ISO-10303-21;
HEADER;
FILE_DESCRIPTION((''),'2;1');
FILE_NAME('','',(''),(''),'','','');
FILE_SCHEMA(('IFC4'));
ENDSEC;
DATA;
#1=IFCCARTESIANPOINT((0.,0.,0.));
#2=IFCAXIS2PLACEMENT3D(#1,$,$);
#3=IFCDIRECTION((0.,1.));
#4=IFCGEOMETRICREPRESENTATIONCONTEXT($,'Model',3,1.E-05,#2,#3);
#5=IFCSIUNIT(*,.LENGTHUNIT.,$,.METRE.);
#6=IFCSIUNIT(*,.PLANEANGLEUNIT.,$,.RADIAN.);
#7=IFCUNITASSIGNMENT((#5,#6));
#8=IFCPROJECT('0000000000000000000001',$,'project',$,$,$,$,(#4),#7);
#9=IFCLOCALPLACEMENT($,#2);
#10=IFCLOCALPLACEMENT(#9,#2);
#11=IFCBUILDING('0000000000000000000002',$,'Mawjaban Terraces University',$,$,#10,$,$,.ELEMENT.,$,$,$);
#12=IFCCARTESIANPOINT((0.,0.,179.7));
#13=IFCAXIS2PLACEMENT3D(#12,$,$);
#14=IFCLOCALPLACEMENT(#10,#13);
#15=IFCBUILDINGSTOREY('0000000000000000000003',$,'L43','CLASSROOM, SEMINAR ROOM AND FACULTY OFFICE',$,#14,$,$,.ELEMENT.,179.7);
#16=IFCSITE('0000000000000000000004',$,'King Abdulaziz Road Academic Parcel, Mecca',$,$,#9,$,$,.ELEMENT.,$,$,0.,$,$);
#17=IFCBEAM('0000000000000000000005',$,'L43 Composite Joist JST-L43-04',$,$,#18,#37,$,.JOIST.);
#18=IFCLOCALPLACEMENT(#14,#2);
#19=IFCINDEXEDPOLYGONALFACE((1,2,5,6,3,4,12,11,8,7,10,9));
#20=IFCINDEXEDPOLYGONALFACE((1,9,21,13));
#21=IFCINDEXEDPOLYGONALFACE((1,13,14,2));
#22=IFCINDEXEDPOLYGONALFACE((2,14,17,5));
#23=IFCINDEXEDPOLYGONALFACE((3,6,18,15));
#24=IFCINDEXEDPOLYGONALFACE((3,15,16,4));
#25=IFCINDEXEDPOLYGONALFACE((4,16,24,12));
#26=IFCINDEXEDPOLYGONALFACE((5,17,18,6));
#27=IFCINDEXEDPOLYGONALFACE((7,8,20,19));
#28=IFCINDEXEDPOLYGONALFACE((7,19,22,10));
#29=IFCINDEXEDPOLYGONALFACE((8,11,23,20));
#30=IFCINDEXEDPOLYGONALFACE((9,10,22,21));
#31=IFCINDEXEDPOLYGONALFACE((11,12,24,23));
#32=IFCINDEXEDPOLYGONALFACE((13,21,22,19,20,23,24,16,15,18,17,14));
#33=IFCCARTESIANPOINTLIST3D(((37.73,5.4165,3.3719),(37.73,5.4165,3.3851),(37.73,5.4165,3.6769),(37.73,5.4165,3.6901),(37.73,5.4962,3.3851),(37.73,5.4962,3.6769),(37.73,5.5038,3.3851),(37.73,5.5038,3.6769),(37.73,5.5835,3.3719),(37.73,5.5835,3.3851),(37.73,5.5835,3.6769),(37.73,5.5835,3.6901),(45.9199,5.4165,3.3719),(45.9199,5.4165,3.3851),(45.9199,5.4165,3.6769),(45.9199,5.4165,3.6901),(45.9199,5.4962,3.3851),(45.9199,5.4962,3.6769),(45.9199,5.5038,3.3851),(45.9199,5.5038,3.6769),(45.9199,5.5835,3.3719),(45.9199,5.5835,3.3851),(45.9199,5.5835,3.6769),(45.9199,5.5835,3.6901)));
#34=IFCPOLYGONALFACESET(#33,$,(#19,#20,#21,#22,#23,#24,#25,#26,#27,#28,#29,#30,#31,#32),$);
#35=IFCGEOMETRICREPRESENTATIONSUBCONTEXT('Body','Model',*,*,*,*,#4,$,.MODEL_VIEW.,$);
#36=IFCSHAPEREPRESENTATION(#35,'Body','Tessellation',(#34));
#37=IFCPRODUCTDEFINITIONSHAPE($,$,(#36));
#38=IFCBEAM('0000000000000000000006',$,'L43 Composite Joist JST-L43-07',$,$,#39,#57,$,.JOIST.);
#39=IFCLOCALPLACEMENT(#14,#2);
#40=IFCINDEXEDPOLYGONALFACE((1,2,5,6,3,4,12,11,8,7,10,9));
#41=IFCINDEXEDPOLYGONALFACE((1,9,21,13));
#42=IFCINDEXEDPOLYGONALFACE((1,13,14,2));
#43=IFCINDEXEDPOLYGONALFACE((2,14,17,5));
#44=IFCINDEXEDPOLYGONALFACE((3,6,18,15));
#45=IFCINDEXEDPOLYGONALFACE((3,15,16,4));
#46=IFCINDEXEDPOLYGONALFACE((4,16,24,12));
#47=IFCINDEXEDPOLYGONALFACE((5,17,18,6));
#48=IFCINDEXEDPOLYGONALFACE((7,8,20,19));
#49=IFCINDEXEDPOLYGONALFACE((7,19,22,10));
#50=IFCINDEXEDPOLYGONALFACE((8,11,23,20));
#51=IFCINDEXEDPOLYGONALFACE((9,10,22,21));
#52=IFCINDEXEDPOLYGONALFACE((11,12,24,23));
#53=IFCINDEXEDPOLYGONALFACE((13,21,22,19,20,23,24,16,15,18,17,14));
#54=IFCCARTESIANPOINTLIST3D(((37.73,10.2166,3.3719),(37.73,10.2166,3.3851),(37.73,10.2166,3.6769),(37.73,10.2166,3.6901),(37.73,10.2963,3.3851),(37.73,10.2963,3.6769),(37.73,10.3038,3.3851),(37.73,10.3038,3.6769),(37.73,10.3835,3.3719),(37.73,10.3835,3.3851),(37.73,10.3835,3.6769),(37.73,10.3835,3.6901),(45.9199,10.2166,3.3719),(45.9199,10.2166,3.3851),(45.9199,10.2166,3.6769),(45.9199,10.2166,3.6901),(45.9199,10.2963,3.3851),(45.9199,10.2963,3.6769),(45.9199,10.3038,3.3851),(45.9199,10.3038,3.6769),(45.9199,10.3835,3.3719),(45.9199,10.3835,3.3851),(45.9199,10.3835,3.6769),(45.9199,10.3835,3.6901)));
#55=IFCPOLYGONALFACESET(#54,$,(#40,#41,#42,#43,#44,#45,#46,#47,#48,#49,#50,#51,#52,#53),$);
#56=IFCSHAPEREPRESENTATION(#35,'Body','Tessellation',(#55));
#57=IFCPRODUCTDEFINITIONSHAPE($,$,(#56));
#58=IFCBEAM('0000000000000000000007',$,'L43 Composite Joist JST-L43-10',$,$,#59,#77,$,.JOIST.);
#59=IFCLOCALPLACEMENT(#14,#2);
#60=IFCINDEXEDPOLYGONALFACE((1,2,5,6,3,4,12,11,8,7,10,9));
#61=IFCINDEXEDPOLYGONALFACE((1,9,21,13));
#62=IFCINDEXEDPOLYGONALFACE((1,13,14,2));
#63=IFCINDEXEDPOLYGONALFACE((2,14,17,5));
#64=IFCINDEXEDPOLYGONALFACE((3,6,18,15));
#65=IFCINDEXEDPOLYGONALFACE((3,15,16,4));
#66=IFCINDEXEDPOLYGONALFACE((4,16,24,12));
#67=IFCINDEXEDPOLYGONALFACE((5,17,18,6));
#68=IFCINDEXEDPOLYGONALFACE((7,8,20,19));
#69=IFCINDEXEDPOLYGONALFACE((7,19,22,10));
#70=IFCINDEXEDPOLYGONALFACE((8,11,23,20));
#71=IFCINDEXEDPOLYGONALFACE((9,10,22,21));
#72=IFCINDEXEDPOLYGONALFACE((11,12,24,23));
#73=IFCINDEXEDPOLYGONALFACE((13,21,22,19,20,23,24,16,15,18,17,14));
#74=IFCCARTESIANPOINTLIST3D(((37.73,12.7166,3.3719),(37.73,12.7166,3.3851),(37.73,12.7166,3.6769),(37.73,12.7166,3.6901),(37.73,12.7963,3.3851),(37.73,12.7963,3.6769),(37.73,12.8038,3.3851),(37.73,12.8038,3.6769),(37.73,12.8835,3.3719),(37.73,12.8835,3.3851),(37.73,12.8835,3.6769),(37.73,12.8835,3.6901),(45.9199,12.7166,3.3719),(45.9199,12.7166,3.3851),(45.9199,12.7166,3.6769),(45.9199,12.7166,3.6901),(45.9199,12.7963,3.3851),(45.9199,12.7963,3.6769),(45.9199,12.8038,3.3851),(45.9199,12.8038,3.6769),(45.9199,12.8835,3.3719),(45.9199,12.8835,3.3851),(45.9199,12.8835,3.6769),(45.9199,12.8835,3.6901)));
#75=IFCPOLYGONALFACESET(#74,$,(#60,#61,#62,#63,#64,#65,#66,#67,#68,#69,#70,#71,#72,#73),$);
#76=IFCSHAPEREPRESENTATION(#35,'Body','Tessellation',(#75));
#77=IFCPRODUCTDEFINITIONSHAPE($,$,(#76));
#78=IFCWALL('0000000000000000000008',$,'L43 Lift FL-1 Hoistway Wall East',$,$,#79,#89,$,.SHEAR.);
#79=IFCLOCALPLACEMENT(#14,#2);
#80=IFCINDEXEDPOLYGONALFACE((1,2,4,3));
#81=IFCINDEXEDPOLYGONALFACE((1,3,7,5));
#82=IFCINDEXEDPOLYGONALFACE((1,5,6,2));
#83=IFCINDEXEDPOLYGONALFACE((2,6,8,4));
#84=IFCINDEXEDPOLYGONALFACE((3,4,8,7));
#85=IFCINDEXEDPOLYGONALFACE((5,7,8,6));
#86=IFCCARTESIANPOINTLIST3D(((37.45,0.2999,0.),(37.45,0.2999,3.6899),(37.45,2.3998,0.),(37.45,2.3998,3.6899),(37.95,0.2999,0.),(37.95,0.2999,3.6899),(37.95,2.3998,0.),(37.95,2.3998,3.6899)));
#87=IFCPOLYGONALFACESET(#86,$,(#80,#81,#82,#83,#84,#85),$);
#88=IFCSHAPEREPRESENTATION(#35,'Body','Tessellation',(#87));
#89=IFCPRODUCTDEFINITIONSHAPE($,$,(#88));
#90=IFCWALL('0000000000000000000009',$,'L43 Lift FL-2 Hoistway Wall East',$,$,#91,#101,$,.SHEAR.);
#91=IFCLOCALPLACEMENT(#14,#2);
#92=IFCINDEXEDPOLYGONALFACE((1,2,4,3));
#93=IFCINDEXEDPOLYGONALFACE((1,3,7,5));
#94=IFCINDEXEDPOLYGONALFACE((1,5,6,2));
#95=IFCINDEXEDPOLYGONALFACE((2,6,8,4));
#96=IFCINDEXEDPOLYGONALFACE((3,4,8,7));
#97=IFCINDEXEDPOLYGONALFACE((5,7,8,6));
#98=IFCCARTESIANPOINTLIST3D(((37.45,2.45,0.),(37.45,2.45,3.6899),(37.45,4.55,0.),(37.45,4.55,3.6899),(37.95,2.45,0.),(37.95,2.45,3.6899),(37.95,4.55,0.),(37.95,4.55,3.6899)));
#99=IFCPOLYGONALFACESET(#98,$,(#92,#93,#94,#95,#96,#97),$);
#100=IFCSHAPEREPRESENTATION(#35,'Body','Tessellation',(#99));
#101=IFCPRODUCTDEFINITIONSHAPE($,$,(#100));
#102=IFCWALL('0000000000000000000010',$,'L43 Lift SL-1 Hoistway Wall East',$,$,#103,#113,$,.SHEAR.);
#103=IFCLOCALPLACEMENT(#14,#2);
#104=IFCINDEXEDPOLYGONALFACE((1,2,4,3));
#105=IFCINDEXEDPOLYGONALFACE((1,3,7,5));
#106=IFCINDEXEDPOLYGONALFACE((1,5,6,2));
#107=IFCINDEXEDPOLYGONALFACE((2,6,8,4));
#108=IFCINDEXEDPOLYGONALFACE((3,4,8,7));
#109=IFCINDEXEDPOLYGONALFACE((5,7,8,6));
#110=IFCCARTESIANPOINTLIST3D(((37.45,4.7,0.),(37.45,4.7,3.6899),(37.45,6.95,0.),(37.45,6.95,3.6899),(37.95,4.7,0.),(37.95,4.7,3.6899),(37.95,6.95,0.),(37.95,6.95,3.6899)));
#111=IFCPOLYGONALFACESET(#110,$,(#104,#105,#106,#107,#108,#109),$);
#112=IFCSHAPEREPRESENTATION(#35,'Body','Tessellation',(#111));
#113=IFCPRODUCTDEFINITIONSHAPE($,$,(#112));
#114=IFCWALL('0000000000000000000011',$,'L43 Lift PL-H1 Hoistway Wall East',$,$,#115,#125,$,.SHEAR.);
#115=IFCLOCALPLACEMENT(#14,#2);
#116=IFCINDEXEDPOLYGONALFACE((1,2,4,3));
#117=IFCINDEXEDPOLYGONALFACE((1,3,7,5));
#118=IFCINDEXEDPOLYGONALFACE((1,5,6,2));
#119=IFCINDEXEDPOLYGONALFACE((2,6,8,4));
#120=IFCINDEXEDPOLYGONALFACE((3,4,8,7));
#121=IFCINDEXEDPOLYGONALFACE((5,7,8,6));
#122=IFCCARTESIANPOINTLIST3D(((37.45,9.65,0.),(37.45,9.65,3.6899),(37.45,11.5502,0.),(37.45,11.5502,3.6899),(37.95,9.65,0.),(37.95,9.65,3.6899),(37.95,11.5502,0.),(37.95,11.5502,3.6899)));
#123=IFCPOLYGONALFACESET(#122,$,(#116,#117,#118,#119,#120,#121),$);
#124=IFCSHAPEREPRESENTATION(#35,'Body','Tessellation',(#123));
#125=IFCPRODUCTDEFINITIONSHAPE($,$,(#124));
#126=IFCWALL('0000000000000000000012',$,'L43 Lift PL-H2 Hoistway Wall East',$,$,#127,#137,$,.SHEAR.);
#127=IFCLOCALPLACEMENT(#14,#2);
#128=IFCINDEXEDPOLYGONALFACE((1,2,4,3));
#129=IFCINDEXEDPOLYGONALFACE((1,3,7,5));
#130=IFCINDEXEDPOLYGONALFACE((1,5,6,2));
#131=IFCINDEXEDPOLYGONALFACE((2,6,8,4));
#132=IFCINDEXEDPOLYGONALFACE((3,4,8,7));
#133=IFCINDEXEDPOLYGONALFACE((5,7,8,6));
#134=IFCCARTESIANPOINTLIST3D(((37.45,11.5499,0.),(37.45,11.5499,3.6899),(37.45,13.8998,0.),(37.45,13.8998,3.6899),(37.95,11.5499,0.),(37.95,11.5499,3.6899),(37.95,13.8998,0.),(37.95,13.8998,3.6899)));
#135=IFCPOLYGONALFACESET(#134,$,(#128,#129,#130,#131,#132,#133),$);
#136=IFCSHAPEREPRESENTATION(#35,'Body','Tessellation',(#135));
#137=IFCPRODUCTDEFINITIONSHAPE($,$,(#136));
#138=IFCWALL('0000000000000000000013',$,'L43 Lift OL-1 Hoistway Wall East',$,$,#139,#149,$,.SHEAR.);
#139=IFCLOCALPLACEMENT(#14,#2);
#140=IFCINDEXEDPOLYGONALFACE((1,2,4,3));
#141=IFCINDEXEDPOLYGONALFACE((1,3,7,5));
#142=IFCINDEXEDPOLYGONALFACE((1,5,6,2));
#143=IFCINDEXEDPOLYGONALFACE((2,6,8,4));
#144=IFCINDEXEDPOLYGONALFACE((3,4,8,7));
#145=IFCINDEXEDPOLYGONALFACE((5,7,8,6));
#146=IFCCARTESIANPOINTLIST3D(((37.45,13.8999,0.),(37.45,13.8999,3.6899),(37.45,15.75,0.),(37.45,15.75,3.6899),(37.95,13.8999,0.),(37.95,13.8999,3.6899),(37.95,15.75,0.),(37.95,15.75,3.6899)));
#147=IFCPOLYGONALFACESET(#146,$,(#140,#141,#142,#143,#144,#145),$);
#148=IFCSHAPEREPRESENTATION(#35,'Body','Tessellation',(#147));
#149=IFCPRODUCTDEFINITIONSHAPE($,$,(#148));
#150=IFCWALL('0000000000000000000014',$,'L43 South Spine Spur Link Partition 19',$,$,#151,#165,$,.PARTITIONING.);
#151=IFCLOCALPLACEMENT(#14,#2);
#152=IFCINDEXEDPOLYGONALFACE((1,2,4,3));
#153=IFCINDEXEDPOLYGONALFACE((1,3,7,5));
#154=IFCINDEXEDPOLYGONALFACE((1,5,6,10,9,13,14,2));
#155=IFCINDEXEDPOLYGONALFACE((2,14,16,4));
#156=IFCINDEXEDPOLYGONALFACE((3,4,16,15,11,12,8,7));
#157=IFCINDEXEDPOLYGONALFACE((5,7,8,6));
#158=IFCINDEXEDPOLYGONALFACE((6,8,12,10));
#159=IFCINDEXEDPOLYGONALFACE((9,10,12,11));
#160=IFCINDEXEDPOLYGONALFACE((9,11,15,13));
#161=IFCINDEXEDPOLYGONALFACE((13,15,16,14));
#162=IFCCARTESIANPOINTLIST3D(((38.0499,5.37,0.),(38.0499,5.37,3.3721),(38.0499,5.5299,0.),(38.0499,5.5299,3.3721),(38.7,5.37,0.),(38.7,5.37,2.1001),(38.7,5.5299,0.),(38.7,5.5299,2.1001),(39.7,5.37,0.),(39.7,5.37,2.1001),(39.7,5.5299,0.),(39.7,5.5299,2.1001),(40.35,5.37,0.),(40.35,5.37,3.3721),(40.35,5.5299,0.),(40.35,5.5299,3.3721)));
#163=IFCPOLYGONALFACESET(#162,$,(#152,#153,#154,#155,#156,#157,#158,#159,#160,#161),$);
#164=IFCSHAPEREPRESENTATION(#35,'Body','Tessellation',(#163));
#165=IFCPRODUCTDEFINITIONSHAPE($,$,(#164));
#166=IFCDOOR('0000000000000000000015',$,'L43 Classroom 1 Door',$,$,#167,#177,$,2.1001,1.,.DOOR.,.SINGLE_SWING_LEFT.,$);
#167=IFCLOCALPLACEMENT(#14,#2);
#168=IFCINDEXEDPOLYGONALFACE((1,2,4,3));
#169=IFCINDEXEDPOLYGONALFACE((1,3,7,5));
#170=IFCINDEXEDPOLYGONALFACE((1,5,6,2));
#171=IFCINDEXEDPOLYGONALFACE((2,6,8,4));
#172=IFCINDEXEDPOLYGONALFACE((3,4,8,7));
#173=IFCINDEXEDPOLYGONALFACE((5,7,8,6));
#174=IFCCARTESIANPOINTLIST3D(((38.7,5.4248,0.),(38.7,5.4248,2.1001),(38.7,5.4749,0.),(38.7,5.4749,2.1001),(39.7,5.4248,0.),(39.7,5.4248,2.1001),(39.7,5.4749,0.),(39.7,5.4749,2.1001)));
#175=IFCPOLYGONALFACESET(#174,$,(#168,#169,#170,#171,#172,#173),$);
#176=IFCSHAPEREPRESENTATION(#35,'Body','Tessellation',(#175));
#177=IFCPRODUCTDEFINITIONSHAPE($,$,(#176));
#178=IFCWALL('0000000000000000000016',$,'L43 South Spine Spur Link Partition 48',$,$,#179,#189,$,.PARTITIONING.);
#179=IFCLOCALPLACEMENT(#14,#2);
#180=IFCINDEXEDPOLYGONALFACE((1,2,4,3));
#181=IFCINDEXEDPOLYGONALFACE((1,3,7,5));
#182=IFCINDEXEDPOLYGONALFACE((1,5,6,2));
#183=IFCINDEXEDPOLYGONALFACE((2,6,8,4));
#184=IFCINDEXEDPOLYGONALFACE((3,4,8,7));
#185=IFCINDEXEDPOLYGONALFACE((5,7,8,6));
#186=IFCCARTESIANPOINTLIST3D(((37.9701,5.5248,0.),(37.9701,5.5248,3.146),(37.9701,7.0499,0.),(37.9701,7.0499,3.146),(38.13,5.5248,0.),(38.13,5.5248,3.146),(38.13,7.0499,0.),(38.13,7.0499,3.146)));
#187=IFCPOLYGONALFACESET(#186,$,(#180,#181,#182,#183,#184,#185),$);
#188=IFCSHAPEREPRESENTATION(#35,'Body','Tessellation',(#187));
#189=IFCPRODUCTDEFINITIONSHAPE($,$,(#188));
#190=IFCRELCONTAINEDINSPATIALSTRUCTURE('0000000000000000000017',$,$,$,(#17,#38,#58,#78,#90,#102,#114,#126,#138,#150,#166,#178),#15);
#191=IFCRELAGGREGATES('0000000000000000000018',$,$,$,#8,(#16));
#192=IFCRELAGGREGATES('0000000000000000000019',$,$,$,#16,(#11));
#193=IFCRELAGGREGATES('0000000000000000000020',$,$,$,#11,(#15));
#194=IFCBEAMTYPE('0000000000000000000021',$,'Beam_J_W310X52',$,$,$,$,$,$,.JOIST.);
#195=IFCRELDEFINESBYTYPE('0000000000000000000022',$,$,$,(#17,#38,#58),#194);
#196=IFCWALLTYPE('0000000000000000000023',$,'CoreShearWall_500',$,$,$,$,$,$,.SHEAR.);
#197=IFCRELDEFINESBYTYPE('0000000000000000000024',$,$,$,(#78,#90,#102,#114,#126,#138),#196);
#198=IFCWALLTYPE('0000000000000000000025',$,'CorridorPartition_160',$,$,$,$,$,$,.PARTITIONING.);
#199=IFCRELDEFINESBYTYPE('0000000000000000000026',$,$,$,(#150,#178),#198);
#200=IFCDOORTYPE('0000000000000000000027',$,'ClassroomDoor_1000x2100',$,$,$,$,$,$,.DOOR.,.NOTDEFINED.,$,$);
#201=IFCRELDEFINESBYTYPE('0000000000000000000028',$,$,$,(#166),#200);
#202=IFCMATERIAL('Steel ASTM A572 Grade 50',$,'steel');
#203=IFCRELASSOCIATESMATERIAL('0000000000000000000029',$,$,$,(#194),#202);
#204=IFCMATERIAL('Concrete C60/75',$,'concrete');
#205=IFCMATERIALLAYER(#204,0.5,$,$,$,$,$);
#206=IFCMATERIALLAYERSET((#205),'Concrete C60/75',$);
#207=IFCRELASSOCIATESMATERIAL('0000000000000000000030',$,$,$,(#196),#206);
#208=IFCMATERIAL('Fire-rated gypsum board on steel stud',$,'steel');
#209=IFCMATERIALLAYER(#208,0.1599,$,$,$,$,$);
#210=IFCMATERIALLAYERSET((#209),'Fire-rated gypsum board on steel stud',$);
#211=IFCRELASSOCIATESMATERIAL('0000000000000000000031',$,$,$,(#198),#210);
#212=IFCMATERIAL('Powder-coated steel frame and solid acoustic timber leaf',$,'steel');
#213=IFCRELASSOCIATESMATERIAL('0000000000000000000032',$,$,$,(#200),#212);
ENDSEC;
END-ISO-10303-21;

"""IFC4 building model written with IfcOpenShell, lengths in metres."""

from ifc_helpers import new_model, si_unit, direction, frame, frame_2d, origin, origin_2d, place, context, subcontext, project, spatial, rectangle, i_section, extrude, material, layer, layer_set, material_profile, profile_set, type_object, element, fill, save


model = new_model("IFC4")

# Units and contexts
model_context = context("Model", 3, precision=1e-05, world=origin(), true_north=direction((0.0, 1.0)))
body_context = subcontext(model_context, "Body", "Model", "MODEL_VIEW")
ifc_project = project(units=[si_unit("LENGTHUNIT", "METRE"), si_unit("PLANEANGLEUNIT", "RADIAN")], contexts=[model_context])

# Site, building, storey
site_placement = place(None, origin())
site = spatial("IfcSite", under=ifc_project, at=site_placement, Name="King Abdulaziz Road Academic Parcel, Mecca", CompositionType="ELEMENT", RefElevation=0.0)
building_placement = place(site_placement, origin())
building = spatial("IfcBuilding", under=site, at=building_placement, Name="Mawjaban Terraces University", CompositionType="ELEMENT")
storey_placement = place(building_placement, frame((0.0, 0.0, 179.7)))
storey = spatial("IfcBuildingStorey", under=building, at=storey_placement, Name="L43", Description="CLASSROOM, SEMINAR ROOM AND FACULTY OFFICE", CompositionType="ELEMENT", Elevation=179.7)

# Shared definitions
ifc_material_1 = material(Name="Concrete C60/75", Category="concrete")

# Beams
ifc_material_2 = material(Name="Steel ASTM A572 Grade 50", Category="steel")
ifc_material_profile_1 = material_profile(ifc_material_2, i_section(OverallWidth=0.167, OverallDepth=0.3181, WebThickness=0.0076, FlangeThickness=0.0132, at=origin_2d()), Name="W310X52")
ifc_profile_set_1 = profile_set([ifc_material_profile_1], Name="Steel ASTM A572 Grade 50")
beam_type_1 = type_object("IfcBeamType", Name="Beam_J_W310X52", PredefinedType="JOIST", material=ifc_profile_set_1)
for number, where, z_axis, x_axis, name in (
    (1, (37.73, 5.5, 3.531), (1.0, 0.0, 0.0), (0.0, 1.0, 0.0), "L43 Composite Joist JST-L43-04"),
    (2, (37.73, 10.3, 3.531), (1.0, 0.0, 0.0), (0.0, 1.0, 0.0), "L43 Composite Joist JST-L43-07"),
    (3, (37.73, 12.8, 3.531), (1.0, 0.0, 0.0), (0.0, 1.0, 0.0), "L43 Composite Joist JST-L43-10"),
):
    element("IfcBeam", number, at=place(storey_placement, frame(where, z_axis=z_axis, x_axis=x_axis)), inside=storey, type_object=beam_type_1, Name=name, PredefinedType="JOIST", context=body_context, shape_type="SweptSolid", body=[
        extrude(i_section(OverallWidth=0.167, OverallDepth=0.3181, WebThickness=0.0076, FlangeThickness=0.0132, at=origin_2d()), origin(), (0.0, 0.0, 1.0), 8.1899),
    ])

# Walls
ifc_layer_1 = layer(ifc_material_1, 0.5)
ifc_layer_set_1 = layer_set([ifc_layer_1], Name="Concrete C60/75")
wall_type_1 = type_object("IfcWallType", Name="CoreShearWall_500", PredefinedType="SHEAR", material=ifc_layer_set_1)
wall_1_placement = place(storey_placement, frame((37.7, 0.3, 0.0), z_axis=(0.0, 0.0, 1.0), x_axis=(0.0, 1.0, 0.0)))
element("IfcWall", 4, at=wall_1_placement, inside=storey, type_object=wall_type_1, Name="L43 Lift FL-1 Hoistway Wall East", PredefinedType="SHEAR", context=body_context, shape_type="SweptSolid", body=[
    extrude(rectangle(XDim=2.0999, YDim=0.5, at=frame_2d((1.0498, 0.0))), origin(), (0.0, 0.0, 1.0), 3.6899),
])
wall_2_placement = place(storey_placement, frame((37.7, 2.45, 0.0), z_axis=(0.0, 0.0, 1.0), x_axis=(0.0, 1.0, 0.0)))
element("IfcWall", 5, at=wall_2_placement, inside=storey, type_object=wall_type_1, Name="L43 Lift FL-2 Hoistway Wall East", PredefinedType="SHEAR", context=body_context, shape_type="SweptSolid", body=[
    extrude(rectangle(XDim=2.1001, YDim=0.5, at=frame_2d((1.05, 0.0))), origin(), (0.0, 0.0, 1.0), 3.6899),
])
wall_3_placement = place(storey_placement, frame((37.7, 4.7, 0.0), z_axis=(0.0, 0.0, 1.0), x_axis=(0.0, 1.0, 0.0)))
element("IfcWall", 6, at=wall_3_placement, inside=storey, type_object=wall_type_1, Name="L43 Lift SL-1 Hoistway Wall East", PredefinedType="SHEAR", context=body_context, shape_type="SweptSolid", body=[
    extrude(rectangle(XDim=2.25, YDim=0.5, at=frame_2d((1.125, 0.0))), origin(), (0.0, 0.0, 1.0), 3.6899),
])
wall_4_placement = place(storey_placement, frame((37.7, 9.6499, 0.0), z_axis=(0.0, 0.0, 1.0), x_axis=(0.0, 1.0, 0.0)))
element("IfcWall", 7, at=wall_4_placement, inside=storey, type_object=wall_type_1, Name="L43 Lift PL-H1 Hoistway Wall East", PredefinedType="SHEAR", context=body_context, shape_type="SweptSolid", body=[
    extrude(rectangle(XDim=1.9001, YDim=0.5, at=frame_2d((0.9502, 0.0))), origin(), (0.0, 0.0, 1.0), 3.6899),
])
wall_5_placement = place(storey_placement, frame((37.7, 11.55, 0.0), z_axis=(0.0, 0.0, 1.0), x_axis=(0.0, 1.0, 0.0)))
element("IfcWall", 8, at=wall_5_placement, inside=storey, type_object=wall_type_1, Name="L43 Lift PL-H2 Hoistway Wall East", PredefinedType="SHEAR", context=body_context, shape_type="SweptSolid", body=[
    extrude(rectangle(XDim=2.3499, YDim=0.5, at=frame_2d((1.1748, 0.0))), origin(), (0.0, 0.0, 1.0), 3.6899),
])
wall_6_placement = place(storey_placement, frame((37.7, 13.8999, 0.0), z_axis=(0.0, 0.0, 1.0), x_axis=(0.0, 1.0, 0.0)))
element("IfcWall", 9, at=wall_6_placement, inside=storey, type_object=wall_type_1, Name="L43 Lift OL-1 Hoistway Wall East", PredefinedType="SHEAR", context=body_context, shape_type="SweptSolid", body=[
    extrude(rectangle(XDim=1.8501, YDim=0.5, at=frame_2d((0.925, 0.0))), origin(), (0.0, 0.0, 1.0), 3.6899),
])

# Wall, opening, door
ifc_material_3 = material(Name="Fire-rated gypsum board on steel stud", Category="steel")
ifc_layer_2 = layer(ifc_material_3, 0.1599)
ifc_layer_set_2 = layer_set([ifc_layer_2], Name="Fire-rated gypsum board on steel stud")
wall_type_2 = type_object("IfcWallType", Name="CorridorPartition_160", PredefinedType="PARTITIONING", material=ifc_layer_set_2)
wall_7_placement = place(storey_placement, frame((38.05, 5.45, 0.0), z_axis=(0.0, 0.0, 1.0), x_axis=(1.0, 0.0, 0.0)))
wall_7 = element("IfcWall", 10, at=wall_7_placement, inside=storey, type_object=wall_type_2, Name="L43 South Spine Spur Link Partition 19", PredefinedType="PARTITIONING", context=body_context, shape_type="SweptSolid", body=[
    extrude(rectangle(XDim=2.3, YDim=0.1599, at=frame_2d((1.1499, 0.0))), origin(), (0.0, 0.0, 1.0), 3.3721),
])
opening_1_placement = place(wall_7_placement, frame((0.6499, 0.0, 0.0)))
opening_1 = element("IfcOpeningElement", 11, at=opening_1_placement, cuts=wall_7, PredefinedType="OPENING", context=body_context, shape_type="SweptSolid", body=[
    extrude(rectangle(XDim=1.0, YDim=2.1001, at=frame_2d((0.5, 1.05))), frame((0.0, 0.0898, 0.0), z_axis=(0.0, -1.0, 0.0), x_axis=(1.0, 0.0, 0.0)), (0.0, 0.0, 1.0), 0.1799),
])
ifc_material_4 = material(Name="Powder-coated steel frame and solid acoustic timber leaf", Category="steel")
door_type_1 = type_object("IfcDoorType", Name="ClassroomDoor_1000x2100", OperationType="NOTDEFINED", PredefinedType="DOOR", material=ifc_material_4)
door_1_placement = place(opening_1_placement, origin())
door_1 = element("IfcDoor", 12, at=door_1_placement, inside=storey, type_object=door_type_1, Name="L43 Classroom 1 Door", OperationType="SINGLE_SWING_LEFT", OverallHeight=2.1001, OverallWidth=1.0, PredefinedType="DOOR", context=body_context, shape_type="SweptSolid", body=[
    extrude(rectangle(XDim=1.0, YDim=2.1001, at=frame_2d((0.5, 1.05))), frame((0.0, 0.0249, 0.0), z_axis=(0.0, -1.0, 0.0), x_axis=(1.0, 0.0, 0.0)), (0.0, 0.0, 1.0), 0.05),
])
fill(opening_1, door_1)

# Wall
wall_8_placement = place(storey_placement, frame((38.05, 7.05, 0.0), z_axis=(0.0, 0.0, 1.0), x_axis=(0.0, -1.0, 0.0)))
element("IfcWall", 13, at=wall_8_placement, inside=storey, type_object=wall_type_2, Name="L43 South Spine Spur Link Partition 48", PredefinedType="PARTITIONING", context=body_context, shape_type="SweptSolid", body=[
    extrude(rectangle(XDim=1.5251, YDim=0.1599, at=frame_2d((0.7627, 0.0))), origin(), (0.0, 0.0, 1.0), 3.146),
])

save(model, "model.ifc")
